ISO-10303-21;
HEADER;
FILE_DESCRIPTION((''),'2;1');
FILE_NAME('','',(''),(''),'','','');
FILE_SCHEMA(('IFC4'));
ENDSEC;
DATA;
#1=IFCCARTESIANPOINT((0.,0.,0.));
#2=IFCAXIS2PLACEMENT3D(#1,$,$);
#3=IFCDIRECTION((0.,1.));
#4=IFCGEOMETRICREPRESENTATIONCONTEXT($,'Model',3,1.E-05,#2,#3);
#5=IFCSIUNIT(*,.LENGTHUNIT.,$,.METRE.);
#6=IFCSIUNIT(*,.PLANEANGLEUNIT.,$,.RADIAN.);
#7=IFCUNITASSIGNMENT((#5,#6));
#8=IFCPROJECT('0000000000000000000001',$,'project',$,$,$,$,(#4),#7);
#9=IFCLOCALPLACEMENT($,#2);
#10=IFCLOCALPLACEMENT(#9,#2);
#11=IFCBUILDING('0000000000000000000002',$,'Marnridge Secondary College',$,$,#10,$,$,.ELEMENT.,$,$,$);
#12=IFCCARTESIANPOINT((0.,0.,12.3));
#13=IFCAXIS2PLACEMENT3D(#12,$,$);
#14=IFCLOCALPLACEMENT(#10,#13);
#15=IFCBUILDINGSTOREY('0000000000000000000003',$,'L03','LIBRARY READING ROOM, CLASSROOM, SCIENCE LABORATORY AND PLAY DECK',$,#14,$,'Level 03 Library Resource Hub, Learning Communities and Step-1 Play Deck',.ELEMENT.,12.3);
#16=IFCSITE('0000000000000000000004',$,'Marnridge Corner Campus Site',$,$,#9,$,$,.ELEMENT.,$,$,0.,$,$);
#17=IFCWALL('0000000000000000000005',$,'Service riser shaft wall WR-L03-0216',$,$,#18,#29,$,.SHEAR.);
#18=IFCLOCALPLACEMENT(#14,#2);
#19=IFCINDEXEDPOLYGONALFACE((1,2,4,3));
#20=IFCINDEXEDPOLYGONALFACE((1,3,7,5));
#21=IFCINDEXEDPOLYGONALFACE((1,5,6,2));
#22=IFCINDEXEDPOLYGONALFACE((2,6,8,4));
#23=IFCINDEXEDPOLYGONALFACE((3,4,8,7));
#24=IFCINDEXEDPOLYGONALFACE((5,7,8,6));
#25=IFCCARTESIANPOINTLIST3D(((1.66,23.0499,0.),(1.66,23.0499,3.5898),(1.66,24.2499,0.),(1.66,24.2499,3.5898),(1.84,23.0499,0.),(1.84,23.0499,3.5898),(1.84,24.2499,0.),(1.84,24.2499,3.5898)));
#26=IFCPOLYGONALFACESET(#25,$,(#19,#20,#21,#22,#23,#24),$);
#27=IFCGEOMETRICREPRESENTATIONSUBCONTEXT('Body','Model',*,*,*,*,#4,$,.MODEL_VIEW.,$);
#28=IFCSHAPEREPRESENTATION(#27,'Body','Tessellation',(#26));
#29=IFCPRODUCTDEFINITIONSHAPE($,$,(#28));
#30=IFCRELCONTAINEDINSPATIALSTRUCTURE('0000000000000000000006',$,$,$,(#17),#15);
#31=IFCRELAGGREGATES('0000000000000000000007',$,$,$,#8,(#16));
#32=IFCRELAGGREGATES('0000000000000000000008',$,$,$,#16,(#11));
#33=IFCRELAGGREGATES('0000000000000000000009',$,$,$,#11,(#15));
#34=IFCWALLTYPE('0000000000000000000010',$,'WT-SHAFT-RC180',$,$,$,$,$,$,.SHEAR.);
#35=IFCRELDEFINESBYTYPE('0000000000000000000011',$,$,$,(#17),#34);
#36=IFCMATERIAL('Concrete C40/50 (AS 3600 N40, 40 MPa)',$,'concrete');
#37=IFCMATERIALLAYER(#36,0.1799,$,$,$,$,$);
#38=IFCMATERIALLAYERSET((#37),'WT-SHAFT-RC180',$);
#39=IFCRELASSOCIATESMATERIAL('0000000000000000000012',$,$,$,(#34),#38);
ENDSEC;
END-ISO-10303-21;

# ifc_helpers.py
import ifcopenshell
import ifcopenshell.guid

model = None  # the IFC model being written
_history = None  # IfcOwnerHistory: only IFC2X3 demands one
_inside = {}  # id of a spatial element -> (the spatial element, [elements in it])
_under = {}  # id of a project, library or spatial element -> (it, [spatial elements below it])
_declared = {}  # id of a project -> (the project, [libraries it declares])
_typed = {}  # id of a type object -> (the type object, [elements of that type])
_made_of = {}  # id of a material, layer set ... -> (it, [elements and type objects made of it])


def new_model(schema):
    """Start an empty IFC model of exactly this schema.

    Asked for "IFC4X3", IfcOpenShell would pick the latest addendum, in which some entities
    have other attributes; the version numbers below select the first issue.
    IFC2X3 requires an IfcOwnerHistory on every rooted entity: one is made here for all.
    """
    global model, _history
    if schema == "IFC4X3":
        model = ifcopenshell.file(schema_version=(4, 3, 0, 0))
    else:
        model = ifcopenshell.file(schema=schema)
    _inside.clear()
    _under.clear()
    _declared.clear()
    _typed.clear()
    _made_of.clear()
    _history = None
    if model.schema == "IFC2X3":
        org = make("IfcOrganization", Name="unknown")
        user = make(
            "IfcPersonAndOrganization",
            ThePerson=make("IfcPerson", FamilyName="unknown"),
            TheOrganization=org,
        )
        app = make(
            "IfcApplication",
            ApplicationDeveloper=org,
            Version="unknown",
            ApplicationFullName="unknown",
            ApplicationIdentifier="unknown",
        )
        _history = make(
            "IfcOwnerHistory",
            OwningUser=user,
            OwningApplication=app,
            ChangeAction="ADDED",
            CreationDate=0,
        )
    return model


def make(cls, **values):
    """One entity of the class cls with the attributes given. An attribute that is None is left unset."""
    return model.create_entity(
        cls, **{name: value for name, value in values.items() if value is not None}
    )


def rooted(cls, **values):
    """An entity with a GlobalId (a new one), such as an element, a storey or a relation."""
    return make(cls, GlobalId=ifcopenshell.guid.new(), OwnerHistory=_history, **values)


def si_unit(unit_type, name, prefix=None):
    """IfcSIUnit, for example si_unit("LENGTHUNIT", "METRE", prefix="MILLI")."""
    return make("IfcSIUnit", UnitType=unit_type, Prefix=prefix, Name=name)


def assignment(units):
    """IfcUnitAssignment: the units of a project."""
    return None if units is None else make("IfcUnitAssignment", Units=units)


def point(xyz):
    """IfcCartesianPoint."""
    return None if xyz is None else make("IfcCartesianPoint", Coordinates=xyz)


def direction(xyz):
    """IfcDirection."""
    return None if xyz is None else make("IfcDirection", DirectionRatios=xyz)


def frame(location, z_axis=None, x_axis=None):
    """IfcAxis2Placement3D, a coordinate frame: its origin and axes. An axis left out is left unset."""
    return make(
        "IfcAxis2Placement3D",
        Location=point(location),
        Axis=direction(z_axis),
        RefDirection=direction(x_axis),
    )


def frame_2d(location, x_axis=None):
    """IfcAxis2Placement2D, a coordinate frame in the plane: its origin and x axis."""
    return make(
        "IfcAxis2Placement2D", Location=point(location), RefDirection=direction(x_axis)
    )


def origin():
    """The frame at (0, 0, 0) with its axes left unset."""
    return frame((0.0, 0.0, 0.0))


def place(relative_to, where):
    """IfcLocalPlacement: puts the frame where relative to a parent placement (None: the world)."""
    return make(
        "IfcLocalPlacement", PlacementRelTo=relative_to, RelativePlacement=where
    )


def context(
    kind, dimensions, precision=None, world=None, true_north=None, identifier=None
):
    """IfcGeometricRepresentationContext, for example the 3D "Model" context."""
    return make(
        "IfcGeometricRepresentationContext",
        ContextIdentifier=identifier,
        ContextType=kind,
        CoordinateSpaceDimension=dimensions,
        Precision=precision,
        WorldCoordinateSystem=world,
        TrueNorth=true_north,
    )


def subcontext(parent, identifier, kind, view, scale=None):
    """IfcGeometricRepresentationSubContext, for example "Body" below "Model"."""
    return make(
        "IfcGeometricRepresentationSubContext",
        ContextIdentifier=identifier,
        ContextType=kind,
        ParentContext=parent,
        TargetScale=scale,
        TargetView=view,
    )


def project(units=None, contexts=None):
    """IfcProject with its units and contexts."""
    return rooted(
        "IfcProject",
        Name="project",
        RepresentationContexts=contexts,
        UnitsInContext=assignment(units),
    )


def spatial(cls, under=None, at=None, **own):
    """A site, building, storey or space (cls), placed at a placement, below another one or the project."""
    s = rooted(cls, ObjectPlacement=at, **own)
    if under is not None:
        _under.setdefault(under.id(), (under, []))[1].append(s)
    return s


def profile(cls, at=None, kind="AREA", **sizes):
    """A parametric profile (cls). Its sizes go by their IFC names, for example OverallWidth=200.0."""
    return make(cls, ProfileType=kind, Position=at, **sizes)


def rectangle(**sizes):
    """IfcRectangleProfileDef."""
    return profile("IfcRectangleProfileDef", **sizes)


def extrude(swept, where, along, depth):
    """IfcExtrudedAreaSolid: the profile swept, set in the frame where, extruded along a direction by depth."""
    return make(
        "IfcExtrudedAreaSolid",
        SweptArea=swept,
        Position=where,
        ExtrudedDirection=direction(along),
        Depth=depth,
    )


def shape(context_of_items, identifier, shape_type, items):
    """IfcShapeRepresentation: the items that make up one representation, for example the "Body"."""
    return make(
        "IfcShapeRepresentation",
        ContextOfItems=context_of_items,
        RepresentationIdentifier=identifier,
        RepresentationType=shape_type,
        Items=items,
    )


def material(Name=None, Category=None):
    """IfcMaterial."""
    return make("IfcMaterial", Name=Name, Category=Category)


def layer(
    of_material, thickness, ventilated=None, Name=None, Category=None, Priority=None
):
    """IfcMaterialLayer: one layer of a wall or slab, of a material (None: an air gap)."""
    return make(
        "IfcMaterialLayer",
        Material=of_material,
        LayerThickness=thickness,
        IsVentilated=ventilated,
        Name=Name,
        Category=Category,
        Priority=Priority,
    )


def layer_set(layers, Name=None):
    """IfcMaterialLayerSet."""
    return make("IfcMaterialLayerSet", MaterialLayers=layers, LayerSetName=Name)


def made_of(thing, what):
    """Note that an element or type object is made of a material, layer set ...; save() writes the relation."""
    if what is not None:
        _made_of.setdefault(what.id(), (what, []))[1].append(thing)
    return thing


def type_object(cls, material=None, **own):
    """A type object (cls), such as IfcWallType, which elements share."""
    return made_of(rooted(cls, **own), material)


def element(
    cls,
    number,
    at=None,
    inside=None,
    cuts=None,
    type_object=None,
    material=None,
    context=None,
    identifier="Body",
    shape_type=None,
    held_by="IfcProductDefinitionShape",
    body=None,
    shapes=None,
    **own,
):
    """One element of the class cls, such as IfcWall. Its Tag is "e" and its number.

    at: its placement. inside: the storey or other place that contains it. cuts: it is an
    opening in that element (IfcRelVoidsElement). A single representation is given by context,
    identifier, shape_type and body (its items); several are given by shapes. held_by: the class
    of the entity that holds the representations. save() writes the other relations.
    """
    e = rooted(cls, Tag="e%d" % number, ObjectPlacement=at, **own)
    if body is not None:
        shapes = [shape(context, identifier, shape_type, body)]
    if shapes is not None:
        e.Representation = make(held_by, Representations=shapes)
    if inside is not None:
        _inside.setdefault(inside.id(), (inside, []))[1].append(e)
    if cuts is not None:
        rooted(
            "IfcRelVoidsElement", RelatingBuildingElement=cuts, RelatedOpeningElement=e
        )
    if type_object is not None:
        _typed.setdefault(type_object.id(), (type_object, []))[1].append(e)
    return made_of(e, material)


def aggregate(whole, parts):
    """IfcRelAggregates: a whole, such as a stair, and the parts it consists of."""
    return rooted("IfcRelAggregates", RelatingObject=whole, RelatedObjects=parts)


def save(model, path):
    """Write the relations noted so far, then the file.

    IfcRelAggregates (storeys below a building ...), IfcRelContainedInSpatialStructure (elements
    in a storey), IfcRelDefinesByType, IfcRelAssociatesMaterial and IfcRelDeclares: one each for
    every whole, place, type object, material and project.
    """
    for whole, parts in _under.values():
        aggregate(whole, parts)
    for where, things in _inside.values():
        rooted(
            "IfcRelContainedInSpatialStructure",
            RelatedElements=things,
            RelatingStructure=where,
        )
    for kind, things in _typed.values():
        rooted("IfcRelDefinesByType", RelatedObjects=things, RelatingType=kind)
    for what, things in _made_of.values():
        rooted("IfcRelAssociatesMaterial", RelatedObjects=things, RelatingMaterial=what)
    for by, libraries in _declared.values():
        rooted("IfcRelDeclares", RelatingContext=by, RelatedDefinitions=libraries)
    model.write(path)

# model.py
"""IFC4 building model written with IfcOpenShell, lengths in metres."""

from ifc_helpers import new_model, si_unit, direction, frame, frame_2d, origin, place, context, subcontext, project, spatial, rectangle, extrude, material, layer, layer_set, type_object, element, save


model = new_model("IFC4")

# Units and contexts
model_context = context("Model", 3, precision=1e-05, world=origin(), true_north=direction((0.0, 1.0)))
body_context = subcontext(model_context, "Body", "Model", "MODEL_VIEW")
ifc_project = project(units=[si_unit("LENGTHUNIT", "METRE"), si_unit("PLANEANGLEUNIT", "RADIAN")], contexts=[model_context])

# Site, building, storey
site_placement = place(None, origin())
site = spatial("IfcSite", under=ifc_project, at=site_placement, Name="Marnridge Corner Campus Site", CompositionType="ELEMENT", RefElevation=0.0)
building_placement = place(site_placement, origin())
building = spatial("IfcBuilding", under=site, at=building_placement, Name="Marnridge Secondary College", CompositionType="ELEMENT")
storey_placement = place(building_placement, frame((0.0, 0.0, 12.3)))
storey = spatial("IfcBuildingStorey", under=building, at=storey_placement, Name="L03", Description="LIBRARY READING ROOM, CLASSROOM, SCIENCE LABORATORY AND PLAY DECK", LongName="Level 03 Library Resource Hub, Learning Communities and Step-1 Play Deck", CompositionType="ELEMENT", Elevation=12.3)

# Wall
ifc_material_1 = material(Name="Concrete C40/50 (AS 3600 N40, 40 MPa)", Category="concrete")
ifc_layer_1 = layer(ifc_material_1, 0.1799)
ifc_layer_set_1 = layer_set([ifc_layer_1], Name="WT-SHAFT-RC180")
wall_type = type_object("IfcWallType", Name="WT-SHAFT-RC180", PredefinedType="SHEAR", material=ifc_layer_set_1)
for number, where, z_axis, x_axis, name in (
    (1, (1.75, 24.25, 0.0), (0.0, 0.0, 1.0), (0.0, -1.0, 0.0), "Service riser shaft wall WR-L03-0216"),
):
    element("IfcWall", number, at=place(storey_placement, frame(where, z_axis=z_axis, x_axis=x_axis)), inside=storey, type_object=wall_type, Name=name, PredefinedType="SHEAR", context=body_context, shape_type="SweptSolid", body=[
        extrude(rectangle(XDim=1.2, YDim=0.1799, at=frame_2d((0.6001, 0.0))), origin(), (0.0, 0.0, 1.0), 3.5898),
    ])

save(model, "model.ifc")
